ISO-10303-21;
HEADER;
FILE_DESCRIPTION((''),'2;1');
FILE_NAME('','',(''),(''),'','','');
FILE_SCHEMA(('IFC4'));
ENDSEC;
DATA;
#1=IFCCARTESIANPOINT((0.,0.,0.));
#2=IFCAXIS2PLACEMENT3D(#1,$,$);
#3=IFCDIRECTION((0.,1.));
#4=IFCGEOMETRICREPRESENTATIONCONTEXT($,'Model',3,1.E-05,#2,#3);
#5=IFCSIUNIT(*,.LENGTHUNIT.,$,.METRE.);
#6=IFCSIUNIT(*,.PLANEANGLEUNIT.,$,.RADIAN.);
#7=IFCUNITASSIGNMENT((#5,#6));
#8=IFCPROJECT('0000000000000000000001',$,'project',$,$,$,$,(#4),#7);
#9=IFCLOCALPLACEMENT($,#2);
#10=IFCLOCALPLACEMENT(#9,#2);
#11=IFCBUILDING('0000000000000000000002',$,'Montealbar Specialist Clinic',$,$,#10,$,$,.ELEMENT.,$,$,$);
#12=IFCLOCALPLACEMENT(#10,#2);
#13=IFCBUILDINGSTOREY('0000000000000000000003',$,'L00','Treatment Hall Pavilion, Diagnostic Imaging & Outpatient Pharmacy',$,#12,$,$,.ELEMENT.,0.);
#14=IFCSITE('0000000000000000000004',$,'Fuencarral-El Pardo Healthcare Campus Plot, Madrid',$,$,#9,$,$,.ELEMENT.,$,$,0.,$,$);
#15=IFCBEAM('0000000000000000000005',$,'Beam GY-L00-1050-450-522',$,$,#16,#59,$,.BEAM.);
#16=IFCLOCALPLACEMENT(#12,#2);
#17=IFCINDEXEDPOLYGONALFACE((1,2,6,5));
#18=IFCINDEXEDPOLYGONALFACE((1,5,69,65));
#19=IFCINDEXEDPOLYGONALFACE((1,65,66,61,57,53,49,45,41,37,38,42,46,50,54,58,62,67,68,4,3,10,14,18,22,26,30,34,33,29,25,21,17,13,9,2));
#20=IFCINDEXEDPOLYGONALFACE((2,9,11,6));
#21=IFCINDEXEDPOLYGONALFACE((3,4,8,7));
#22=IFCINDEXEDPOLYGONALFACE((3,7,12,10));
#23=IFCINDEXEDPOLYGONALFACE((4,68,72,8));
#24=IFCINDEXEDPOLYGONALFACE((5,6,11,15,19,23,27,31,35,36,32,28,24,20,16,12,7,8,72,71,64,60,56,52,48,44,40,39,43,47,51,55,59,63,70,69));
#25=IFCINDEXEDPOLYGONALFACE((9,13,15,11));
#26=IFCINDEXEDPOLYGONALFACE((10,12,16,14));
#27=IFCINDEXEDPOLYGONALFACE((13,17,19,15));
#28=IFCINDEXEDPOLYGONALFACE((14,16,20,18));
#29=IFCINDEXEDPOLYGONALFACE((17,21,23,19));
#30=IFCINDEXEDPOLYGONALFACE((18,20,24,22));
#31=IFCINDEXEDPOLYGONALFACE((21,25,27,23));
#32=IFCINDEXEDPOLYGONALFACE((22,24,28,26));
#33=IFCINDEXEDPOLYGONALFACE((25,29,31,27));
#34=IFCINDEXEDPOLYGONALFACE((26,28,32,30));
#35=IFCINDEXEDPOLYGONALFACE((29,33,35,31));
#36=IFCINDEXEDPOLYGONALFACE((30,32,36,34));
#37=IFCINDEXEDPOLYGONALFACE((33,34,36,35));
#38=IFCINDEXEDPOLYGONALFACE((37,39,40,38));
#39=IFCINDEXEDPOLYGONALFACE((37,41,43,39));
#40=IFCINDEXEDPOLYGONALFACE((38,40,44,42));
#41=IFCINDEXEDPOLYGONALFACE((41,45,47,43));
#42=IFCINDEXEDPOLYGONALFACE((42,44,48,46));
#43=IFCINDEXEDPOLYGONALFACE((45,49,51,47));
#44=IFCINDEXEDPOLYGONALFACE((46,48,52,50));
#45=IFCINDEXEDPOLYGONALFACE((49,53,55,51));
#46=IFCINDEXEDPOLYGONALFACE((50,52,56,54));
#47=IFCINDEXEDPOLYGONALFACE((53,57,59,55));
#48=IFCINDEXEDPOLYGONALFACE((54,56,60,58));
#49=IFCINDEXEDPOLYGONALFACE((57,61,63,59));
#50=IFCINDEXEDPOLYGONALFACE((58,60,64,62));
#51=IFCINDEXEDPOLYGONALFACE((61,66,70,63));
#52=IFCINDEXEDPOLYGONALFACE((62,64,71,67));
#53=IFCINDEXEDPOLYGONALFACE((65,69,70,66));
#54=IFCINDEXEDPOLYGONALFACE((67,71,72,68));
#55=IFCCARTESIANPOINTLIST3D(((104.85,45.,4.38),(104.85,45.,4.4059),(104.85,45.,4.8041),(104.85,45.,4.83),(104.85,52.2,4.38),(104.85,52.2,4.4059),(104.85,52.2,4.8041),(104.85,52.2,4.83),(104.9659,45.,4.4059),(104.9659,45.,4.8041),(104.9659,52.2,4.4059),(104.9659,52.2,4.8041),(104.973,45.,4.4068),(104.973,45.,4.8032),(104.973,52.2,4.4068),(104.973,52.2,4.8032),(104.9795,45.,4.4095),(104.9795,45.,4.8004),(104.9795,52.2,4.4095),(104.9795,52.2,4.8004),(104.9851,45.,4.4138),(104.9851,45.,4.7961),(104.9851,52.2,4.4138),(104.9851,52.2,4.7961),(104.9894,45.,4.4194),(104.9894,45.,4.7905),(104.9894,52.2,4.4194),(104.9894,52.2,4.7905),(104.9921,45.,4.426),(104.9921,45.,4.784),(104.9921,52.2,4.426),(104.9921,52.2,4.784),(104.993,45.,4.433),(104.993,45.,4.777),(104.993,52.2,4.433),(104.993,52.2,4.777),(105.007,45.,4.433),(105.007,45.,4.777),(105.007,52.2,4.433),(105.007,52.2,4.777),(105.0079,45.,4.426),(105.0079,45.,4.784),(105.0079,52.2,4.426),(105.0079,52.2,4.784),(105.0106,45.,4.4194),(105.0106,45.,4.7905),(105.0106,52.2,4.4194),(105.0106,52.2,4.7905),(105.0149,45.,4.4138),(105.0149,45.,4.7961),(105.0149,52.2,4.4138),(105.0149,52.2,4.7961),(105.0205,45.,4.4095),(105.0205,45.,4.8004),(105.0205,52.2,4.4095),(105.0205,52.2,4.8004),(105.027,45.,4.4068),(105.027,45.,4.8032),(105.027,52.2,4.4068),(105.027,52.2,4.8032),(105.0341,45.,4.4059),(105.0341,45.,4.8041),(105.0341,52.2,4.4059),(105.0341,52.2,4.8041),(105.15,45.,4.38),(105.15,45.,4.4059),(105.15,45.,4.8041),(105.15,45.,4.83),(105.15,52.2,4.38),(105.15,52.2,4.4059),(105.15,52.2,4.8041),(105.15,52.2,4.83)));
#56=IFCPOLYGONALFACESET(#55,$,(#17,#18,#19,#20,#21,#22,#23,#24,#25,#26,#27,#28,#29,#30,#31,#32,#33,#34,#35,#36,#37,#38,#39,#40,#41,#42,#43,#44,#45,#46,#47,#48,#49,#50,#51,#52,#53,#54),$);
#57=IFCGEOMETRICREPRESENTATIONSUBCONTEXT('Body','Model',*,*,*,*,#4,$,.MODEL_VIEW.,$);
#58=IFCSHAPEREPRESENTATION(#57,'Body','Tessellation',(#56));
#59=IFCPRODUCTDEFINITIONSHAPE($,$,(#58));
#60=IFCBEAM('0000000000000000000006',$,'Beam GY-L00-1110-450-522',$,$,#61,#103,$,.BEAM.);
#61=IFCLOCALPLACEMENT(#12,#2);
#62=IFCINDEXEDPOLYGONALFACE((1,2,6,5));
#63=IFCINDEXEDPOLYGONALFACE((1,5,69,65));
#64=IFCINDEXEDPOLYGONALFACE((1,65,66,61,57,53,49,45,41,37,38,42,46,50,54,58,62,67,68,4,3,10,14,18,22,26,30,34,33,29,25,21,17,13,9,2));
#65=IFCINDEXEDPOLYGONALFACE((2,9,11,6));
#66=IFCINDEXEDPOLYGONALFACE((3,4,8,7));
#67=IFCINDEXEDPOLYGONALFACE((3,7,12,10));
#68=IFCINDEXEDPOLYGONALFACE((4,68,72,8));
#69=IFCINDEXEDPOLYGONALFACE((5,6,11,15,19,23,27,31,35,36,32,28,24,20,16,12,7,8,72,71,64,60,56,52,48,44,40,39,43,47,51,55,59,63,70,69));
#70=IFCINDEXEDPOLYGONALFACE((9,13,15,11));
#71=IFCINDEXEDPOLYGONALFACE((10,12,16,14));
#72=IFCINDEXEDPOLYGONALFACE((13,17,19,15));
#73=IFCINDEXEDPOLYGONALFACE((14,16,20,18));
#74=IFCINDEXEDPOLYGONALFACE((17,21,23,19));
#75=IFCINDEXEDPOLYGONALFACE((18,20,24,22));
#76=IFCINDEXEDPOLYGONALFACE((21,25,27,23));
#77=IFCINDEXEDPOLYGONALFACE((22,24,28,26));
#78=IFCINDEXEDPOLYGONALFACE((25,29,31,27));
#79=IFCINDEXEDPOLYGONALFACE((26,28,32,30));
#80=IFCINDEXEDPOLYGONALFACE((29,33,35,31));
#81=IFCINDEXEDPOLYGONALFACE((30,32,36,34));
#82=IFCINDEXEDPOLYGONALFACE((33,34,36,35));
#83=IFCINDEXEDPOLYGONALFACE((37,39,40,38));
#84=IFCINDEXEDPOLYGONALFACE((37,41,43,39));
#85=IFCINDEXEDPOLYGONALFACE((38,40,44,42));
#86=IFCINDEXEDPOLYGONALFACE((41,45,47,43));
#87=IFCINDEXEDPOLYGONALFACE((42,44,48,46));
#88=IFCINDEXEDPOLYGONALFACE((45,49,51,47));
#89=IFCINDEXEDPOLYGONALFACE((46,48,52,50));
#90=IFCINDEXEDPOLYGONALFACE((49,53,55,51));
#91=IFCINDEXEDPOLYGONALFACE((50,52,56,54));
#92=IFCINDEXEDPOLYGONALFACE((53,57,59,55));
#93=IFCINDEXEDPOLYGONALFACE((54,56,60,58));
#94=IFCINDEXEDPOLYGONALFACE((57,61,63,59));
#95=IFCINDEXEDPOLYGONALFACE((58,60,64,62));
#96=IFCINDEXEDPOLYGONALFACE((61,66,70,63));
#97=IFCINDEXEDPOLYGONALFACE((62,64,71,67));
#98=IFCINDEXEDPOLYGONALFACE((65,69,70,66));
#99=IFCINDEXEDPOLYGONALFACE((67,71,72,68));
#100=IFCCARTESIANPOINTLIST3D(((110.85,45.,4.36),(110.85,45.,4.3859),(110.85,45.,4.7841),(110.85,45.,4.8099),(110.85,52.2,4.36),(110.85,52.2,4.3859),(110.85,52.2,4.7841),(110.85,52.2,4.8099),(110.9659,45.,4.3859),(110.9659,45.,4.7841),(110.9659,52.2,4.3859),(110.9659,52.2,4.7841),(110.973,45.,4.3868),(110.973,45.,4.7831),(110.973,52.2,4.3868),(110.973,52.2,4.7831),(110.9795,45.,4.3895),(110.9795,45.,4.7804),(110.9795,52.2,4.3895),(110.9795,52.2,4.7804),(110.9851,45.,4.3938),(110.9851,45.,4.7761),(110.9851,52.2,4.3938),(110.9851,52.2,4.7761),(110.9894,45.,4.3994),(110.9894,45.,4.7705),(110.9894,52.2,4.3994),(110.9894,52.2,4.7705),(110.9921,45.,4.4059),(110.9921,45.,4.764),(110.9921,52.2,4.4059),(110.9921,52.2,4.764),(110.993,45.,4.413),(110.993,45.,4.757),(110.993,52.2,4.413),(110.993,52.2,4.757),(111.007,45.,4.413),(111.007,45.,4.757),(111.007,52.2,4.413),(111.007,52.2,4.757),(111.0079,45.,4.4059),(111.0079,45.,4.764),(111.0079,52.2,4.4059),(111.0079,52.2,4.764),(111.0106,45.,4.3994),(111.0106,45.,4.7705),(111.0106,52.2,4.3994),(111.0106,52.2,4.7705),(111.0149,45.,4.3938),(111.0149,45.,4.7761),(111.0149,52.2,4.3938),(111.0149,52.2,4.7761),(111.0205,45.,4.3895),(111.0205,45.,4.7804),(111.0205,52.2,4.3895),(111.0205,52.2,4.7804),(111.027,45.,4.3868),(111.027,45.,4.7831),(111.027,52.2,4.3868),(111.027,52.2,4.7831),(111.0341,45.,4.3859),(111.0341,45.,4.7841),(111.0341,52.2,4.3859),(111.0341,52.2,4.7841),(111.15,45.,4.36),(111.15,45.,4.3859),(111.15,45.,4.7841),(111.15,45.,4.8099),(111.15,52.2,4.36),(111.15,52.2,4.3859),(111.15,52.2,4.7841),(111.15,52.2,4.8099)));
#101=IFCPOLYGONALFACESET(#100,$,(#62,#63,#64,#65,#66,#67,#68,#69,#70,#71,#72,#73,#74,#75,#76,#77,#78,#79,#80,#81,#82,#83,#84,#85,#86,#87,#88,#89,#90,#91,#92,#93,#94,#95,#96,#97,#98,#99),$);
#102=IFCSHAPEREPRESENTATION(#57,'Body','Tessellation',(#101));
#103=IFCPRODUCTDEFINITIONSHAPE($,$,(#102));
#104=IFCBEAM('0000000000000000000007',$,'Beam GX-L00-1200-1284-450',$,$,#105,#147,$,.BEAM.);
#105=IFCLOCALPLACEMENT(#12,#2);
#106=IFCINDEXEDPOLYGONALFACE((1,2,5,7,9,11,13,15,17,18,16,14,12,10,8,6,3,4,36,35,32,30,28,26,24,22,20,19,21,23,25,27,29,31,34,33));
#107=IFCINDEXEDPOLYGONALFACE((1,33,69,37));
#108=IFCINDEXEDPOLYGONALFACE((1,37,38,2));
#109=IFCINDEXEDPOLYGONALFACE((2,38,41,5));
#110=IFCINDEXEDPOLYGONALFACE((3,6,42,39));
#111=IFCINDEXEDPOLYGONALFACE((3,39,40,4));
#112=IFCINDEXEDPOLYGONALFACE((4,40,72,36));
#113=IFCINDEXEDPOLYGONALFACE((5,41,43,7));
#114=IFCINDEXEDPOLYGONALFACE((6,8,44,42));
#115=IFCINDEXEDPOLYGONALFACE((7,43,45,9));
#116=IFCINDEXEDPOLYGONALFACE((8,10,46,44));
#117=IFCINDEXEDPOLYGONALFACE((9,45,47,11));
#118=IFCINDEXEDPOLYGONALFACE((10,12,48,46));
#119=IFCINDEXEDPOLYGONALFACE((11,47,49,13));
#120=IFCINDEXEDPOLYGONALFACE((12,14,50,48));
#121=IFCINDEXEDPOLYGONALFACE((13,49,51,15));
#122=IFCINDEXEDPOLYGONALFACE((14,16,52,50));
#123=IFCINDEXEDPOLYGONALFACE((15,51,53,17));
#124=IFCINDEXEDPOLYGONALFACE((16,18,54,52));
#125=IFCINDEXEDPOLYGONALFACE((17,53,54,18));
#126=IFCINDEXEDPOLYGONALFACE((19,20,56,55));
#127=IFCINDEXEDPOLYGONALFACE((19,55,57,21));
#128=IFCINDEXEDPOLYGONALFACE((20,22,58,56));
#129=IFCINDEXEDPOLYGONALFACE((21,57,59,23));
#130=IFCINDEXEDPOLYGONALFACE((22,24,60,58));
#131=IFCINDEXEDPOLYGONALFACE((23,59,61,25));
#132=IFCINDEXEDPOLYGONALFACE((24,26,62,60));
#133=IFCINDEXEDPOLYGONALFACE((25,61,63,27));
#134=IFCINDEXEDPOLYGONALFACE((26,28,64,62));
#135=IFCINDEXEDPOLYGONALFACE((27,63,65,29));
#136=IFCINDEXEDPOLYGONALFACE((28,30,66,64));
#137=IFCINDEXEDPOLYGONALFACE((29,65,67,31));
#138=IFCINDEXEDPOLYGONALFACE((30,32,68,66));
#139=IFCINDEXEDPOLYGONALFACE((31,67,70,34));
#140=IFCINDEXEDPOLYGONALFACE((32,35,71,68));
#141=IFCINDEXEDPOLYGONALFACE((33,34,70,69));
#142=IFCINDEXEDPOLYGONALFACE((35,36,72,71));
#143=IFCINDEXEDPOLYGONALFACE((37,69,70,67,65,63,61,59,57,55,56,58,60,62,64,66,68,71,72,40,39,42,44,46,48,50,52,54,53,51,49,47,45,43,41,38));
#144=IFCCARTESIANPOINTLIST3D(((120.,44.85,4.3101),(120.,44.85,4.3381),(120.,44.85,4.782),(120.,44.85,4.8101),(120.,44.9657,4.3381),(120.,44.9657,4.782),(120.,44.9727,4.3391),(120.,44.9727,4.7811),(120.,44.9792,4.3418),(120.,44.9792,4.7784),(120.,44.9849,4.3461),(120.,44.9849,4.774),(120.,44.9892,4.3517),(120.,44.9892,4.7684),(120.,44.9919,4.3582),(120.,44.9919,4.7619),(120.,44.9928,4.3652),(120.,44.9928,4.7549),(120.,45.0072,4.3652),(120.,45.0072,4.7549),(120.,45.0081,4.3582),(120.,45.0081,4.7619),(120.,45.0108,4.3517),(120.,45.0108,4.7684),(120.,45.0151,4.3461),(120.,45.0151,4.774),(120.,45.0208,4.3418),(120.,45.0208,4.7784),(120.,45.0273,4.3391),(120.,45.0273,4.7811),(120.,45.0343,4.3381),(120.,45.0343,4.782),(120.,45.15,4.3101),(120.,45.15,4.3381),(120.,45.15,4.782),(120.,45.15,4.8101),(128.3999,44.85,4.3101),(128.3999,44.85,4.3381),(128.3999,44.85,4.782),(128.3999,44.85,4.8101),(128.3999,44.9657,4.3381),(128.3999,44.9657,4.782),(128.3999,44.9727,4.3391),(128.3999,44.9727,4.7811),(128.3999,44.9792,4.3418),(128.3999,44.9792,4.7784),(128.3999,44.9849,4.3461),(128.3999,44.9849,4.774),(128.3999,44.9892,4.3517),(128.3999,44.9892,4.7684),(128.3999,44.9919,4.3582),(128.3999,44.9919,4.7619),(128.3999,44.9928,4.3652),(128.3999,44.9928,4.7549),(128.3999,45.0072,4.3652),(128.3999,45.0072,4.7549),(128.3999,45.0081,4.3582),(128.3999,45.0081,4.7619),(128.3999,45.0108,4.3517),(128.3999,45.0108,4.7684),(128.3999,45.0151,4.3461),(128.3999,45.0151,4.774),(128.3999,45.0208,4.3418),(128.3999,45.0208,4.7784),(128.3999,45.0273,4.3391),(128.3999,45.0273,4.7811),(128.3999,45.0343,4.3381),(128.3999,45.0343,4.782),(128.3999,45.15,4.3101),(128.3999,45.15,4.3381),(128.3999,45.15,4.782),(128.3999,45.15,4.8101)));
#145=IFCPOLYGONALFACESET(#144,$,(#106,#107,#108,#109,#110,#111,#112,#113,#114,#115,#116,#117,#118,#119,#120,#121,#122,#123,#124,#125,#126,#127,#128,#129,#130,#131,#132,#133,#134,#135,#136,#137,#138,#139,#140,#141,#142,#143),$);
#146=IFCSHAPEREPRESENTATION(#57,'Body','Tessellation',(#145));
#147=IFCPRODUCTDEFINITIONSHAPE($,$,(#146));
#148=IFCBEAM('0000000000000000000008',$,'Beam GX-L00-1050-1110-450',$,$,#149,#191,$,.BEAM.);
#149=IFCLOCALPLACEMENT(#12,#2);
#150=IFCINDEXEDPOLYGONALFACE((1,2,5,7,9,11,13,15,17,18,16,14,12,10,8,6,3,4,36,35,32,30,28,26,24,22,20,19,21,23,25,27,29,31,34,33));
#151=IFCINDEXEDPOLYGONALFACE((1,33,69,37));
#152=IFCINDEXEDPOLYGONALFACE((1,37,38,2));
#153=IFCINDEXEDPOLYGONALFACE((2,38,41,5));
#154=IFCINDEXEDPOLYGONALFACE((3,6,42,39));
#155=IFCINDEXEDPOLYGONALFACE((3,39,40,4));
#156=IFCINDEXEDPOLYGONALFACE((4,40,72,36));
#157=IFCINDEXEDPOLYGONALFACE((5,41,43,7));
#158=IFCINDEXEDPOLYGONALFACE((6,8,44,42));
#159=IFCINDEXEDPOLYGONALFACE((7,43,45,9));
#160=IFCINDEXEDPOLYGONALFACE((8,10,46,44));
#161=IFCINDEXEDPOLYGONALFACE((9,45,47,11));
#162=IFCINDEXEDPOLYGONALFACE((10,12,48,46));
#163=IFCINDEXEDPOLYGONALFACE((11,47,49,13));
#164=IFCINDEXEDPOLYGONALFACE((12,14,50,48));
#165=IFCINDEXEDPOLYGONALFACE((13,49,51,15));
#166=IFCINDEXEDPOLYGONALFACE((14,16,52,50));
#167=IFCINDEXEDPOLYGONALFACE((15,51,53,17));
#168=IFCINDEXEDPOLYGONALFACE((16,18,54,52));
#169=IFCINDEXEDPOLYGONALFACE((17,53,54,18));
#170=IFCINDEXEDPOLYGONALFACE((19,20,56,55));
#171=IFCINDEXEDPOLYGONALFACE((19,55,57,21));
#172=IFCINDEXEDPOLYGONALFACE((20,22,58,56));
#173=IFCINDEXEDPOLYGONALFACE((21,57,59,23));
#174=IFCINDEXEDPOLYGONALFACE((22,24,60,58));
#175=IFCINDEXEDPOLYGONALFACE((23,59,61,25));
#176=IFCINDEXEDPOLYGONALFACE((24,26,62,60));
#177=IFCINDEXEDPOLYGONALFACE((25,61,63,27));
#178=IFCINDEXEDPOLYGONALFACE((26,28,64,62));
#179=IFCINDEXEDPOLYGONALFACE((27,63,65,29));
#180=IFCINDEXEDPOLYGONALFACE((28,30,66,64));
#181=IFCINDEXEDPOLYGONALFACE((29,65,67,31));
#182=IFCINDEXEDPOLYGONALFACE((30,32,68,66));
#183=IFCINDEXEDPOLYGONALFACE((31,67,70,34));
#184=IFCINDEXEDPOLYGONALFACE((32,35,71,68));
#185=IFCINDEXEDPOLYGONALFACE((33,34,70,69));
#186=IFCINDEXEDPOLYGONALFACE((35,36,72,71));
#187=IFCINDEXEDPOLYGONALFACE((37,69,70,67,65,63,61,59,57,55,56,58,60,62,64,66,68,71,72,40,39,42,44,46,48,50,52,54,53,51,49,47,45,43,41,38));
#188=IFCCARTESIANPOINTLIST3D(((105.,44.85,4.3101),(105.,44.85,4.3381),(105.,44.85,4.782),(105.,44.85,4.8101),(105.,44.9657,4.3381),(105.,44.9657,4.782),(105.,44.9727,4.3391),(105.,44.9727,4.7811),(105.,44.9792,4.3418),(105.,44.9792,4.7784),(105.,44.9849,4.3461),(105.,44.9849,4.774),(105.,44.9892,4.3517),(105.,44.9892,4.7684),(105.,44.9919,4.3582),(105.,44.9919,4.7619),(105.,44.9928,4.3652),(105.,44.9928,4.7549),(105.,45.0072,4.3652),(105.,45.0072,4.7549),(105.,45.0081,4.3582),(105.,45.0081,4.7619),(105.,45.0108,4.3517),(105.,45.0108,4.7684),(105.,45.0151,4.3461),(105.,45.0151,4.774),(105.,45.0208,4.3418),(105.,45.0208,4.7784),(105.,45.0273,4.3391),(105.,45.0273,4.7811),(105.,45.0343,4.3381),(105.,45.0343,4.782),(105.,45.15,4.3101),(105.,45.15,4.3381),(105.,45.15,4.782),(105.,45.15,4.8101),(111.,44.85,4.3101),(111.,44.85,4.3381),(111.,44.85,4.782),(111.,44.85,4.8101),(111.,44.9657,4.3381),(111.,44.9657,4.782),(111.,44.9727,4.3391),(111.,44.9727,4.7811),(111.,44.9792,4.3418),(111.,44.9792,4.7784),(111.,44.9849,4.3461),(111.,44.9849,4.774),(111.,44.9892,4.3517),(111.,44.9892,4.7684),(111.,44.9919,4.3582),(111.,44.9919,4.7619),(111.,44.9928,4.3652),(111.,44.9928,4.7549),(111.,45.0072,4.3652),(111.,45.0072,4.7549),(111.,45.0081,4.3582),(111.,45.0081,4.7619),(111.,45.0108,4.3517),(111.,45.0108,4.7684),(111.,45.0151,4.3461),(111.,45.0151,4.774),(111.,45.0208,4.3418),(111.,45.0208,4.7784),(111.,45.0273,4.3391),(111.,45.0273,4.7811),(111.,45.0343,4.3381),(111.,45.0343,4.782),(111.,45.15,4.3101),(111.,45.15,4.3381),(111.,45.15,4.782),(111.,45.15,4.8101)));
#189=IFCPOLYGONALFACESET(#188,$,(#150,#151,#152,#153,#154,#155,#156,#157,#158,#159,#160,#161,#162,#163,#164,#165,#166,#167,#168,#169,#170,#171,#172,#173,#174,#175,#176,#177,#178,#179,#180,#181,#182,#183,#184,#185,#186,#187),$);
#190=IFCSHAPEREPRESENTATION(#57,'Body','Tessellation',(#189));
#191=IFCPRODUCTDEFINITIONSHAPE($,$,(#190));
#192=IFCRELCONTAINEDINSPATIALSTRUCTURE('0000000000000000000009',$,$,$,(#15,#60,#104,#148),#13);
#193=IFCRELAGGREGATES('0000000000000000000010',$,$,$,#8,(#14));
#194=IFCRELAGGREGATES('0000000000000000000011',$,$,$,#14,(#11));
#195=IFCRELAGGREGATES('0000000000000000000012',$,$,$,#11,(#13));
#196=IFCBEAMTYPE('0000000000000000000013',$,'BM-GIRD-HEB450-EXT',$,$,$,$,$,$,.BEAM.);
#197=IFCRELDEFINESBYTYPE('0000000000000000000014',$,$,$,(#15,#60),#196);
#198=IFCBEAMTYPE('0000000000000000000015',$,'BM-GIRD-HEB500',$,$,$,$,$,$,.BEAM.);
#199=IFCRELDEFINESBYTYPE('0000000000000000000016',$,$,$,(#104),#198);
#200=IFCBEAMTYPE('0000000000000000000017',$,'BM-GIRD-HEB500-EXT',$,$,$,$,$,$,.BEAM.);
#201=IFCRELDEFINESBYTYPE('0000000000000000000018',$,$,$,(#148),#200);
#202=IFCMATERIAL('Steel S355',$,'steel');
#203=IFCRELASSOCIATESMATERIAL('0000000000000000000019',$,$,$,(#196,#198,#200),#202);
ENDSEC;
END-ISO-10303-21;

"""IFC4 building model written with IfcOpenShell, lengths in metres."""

from ifc_helpers import new_model, si_unit, direction, frame, origin, origin_2d, place, context, subcontext, project, spatial, i_section, extrude, material, material_profile, profile_set, type_object, element, save


model = new_model("IFC4")

# Units and contexts
model_context = context("Model", 3, precision=1e-05, world=origin(), true_north=direction((0.0, 1.0)))
body_context = subcontext(model_context, "Body", "Model", "MODEL_VIEW")
ifc_project = project(units=[si_unit("LENGTHUNIT", "METRE"), si_unit("PLANEANGLEUNIT", "RADIAN")], contexts=[model_context])

# Site, building, storey
site_placement = place(None, origin())
site = spatial("IfcSite", under=ifc_project, at=site_placement, Name="Fuencarral-El Pardo Healthcare Campus Plot, Madrid", CompositionType="ELEMENT", RefElevation=0.0)
building_placement = place(site_placement, origin())
building = spatial("IfcBuilding", under=site, at=building_placement, Name="Montealbar Specialist Clinic", CompositionType="ELEMENT")
storey_placement = place(building_placement, origin())
storey = spatial("IfcBuildingStorey", under=building, at=storey_placement, Name="L00", Description="Treatment Hall Pavilion, Diagnostic Imaging & Outpatient Pharmacy", CompositionType="ELEMENT", Elevation=0.0)

# Shared definitions
ifc_material_1 = material(Name="Steel S355", Category="steel")

# Beams
ifc_material_profile_1 = material_profile(ifc_material_1, i_section(OverallWidth=0.3, OverallDepth=0.45, WebThickness=0.0139, FlangeThickness=0.0259, FilletRadius=0.0271, at=origin_2d()), Name="HEB 450", Category="steel")
ifc_profile_set_1 = profile_set([ifc_material_profile_1], Name="Steel S355")
beam_type_1 = type_object("IfcBeamType", Name="BM-GIRD-HEB450-EXT", PredefinedType="BEAM", material=ifc_profile_set_1)
for number, where, z_axis, x_axis, name in (
    (1, (105.0, 45.0, 4.605), (0.0, 1.0, 0.0), (-1.0, 0.0, 0.0), "Beam GY-L00-1050-450-522"),
    (2, (111.0, 45.0, 4.585), (0.0, 1.0, 0.0), (-1.0, 0.0, 0.0), "Beam GY-L00-1110-450-522"),
):
    element("IfcBeam", number, at=place(storey_placement, frame(where, z_axis=z_axis, x_axis=x_axis)), inside=storey, type_object=beam_type_1, Name=name, PredefinedType="BEAM", context=body_context, shape_type="SweptSolid", body=[
        extrude(i_section(OverallWidth=0.3, OverallDepth=0.45, WebThickness=0.0139, FlangeThickness=0.0259, FilletRadius=0.0271, at=origin_2d()), origin(), (0.0, 0.0, 1.0), 7.2),
    ])
ifc_material_profile_2 = material_profile(ifc_material_1, i_section(OverallWidth=0.3, OverallDepth=0.5, WebThickness=0.0144, FlangeThickness=0.0281, FilletRadius=0.0271, at=origin_2d()), Name="HEB 500", Category="steel")
ifc_profile_set_2 = profile_set([ifc_material_profile_2], Name="Steel S355")
beam_type_2 = type_object("IfcBeamType", Name="BM-GIRD-HEB500", PredefinedType="BEAM", material=ifc_profile_set_2)
beam_1_placement = place(storey_placement, frame((120.0, 45.0, 4.5601), z_axis=(1.0, 0.0, 0.0), x_axis=(0.0, 1.0, 0.0)))
element("IfcBeam", 3, at=beam_1_placement, inside=storey, type_object=beam_type_2, Name="Beam GX-L00-1200-1284-450", PredefinedType="BEAM", context=body_context, shape_type="SweptSolid", body=[
    extrude(i_section(OverallWidth=0.3, OverallDepth=0.5, WebThickness=0.0144, FlangeThickness=0.0281, FilletRadius=0.0271, at=origin_2d()), origin(), (0.0, 0.0, 1.0), 8.3999),
])
ifc_material_profile_3 = material_profile(ifc_material_1, i_section(OverallWidth=0.3, OverallDepth=0.5, WebThickness=0.0144, FlangeThickness=0.0281, FilletRadius=0.0271, at=origin_2d()), Name="HEB 500", Category="steel")
ifc_profile_set_3 = profile_set([ifc_material_profile_3], Name="Steel S355")
beam_type_3 = type_object("IfcBeamType", Name="BM-GIRD-HEB500-EXT", PredefinedType="BEAM", material=ifc_profile_set_3)
beam_2_placement = place(storey_placement, frame((105.0, 45.0, 4.5601), z_axis=(1.0, 0.0, 0.0), x_axis=(0.0, 1.0, 0.0)))
element("IfcBeam", 4, at=beam_2_placement, inside=storey, type_object=beam_type_3, Name="Beam GX-L00-1050-1110-450", PredefinedType="BEAM", context=body_context, shape_type="SweptSolid", body=[
    extrude(i_section(OverallWidth=0.3, OverallDepth=0.5, WebThickness=0.0144, FlangeThickness=0.0281, FilletRadius=0.0271, at=origin_2d()), origin(), (0.0, 0.0, 1.0), 6.0),
])

save(model, "model.ifc")
